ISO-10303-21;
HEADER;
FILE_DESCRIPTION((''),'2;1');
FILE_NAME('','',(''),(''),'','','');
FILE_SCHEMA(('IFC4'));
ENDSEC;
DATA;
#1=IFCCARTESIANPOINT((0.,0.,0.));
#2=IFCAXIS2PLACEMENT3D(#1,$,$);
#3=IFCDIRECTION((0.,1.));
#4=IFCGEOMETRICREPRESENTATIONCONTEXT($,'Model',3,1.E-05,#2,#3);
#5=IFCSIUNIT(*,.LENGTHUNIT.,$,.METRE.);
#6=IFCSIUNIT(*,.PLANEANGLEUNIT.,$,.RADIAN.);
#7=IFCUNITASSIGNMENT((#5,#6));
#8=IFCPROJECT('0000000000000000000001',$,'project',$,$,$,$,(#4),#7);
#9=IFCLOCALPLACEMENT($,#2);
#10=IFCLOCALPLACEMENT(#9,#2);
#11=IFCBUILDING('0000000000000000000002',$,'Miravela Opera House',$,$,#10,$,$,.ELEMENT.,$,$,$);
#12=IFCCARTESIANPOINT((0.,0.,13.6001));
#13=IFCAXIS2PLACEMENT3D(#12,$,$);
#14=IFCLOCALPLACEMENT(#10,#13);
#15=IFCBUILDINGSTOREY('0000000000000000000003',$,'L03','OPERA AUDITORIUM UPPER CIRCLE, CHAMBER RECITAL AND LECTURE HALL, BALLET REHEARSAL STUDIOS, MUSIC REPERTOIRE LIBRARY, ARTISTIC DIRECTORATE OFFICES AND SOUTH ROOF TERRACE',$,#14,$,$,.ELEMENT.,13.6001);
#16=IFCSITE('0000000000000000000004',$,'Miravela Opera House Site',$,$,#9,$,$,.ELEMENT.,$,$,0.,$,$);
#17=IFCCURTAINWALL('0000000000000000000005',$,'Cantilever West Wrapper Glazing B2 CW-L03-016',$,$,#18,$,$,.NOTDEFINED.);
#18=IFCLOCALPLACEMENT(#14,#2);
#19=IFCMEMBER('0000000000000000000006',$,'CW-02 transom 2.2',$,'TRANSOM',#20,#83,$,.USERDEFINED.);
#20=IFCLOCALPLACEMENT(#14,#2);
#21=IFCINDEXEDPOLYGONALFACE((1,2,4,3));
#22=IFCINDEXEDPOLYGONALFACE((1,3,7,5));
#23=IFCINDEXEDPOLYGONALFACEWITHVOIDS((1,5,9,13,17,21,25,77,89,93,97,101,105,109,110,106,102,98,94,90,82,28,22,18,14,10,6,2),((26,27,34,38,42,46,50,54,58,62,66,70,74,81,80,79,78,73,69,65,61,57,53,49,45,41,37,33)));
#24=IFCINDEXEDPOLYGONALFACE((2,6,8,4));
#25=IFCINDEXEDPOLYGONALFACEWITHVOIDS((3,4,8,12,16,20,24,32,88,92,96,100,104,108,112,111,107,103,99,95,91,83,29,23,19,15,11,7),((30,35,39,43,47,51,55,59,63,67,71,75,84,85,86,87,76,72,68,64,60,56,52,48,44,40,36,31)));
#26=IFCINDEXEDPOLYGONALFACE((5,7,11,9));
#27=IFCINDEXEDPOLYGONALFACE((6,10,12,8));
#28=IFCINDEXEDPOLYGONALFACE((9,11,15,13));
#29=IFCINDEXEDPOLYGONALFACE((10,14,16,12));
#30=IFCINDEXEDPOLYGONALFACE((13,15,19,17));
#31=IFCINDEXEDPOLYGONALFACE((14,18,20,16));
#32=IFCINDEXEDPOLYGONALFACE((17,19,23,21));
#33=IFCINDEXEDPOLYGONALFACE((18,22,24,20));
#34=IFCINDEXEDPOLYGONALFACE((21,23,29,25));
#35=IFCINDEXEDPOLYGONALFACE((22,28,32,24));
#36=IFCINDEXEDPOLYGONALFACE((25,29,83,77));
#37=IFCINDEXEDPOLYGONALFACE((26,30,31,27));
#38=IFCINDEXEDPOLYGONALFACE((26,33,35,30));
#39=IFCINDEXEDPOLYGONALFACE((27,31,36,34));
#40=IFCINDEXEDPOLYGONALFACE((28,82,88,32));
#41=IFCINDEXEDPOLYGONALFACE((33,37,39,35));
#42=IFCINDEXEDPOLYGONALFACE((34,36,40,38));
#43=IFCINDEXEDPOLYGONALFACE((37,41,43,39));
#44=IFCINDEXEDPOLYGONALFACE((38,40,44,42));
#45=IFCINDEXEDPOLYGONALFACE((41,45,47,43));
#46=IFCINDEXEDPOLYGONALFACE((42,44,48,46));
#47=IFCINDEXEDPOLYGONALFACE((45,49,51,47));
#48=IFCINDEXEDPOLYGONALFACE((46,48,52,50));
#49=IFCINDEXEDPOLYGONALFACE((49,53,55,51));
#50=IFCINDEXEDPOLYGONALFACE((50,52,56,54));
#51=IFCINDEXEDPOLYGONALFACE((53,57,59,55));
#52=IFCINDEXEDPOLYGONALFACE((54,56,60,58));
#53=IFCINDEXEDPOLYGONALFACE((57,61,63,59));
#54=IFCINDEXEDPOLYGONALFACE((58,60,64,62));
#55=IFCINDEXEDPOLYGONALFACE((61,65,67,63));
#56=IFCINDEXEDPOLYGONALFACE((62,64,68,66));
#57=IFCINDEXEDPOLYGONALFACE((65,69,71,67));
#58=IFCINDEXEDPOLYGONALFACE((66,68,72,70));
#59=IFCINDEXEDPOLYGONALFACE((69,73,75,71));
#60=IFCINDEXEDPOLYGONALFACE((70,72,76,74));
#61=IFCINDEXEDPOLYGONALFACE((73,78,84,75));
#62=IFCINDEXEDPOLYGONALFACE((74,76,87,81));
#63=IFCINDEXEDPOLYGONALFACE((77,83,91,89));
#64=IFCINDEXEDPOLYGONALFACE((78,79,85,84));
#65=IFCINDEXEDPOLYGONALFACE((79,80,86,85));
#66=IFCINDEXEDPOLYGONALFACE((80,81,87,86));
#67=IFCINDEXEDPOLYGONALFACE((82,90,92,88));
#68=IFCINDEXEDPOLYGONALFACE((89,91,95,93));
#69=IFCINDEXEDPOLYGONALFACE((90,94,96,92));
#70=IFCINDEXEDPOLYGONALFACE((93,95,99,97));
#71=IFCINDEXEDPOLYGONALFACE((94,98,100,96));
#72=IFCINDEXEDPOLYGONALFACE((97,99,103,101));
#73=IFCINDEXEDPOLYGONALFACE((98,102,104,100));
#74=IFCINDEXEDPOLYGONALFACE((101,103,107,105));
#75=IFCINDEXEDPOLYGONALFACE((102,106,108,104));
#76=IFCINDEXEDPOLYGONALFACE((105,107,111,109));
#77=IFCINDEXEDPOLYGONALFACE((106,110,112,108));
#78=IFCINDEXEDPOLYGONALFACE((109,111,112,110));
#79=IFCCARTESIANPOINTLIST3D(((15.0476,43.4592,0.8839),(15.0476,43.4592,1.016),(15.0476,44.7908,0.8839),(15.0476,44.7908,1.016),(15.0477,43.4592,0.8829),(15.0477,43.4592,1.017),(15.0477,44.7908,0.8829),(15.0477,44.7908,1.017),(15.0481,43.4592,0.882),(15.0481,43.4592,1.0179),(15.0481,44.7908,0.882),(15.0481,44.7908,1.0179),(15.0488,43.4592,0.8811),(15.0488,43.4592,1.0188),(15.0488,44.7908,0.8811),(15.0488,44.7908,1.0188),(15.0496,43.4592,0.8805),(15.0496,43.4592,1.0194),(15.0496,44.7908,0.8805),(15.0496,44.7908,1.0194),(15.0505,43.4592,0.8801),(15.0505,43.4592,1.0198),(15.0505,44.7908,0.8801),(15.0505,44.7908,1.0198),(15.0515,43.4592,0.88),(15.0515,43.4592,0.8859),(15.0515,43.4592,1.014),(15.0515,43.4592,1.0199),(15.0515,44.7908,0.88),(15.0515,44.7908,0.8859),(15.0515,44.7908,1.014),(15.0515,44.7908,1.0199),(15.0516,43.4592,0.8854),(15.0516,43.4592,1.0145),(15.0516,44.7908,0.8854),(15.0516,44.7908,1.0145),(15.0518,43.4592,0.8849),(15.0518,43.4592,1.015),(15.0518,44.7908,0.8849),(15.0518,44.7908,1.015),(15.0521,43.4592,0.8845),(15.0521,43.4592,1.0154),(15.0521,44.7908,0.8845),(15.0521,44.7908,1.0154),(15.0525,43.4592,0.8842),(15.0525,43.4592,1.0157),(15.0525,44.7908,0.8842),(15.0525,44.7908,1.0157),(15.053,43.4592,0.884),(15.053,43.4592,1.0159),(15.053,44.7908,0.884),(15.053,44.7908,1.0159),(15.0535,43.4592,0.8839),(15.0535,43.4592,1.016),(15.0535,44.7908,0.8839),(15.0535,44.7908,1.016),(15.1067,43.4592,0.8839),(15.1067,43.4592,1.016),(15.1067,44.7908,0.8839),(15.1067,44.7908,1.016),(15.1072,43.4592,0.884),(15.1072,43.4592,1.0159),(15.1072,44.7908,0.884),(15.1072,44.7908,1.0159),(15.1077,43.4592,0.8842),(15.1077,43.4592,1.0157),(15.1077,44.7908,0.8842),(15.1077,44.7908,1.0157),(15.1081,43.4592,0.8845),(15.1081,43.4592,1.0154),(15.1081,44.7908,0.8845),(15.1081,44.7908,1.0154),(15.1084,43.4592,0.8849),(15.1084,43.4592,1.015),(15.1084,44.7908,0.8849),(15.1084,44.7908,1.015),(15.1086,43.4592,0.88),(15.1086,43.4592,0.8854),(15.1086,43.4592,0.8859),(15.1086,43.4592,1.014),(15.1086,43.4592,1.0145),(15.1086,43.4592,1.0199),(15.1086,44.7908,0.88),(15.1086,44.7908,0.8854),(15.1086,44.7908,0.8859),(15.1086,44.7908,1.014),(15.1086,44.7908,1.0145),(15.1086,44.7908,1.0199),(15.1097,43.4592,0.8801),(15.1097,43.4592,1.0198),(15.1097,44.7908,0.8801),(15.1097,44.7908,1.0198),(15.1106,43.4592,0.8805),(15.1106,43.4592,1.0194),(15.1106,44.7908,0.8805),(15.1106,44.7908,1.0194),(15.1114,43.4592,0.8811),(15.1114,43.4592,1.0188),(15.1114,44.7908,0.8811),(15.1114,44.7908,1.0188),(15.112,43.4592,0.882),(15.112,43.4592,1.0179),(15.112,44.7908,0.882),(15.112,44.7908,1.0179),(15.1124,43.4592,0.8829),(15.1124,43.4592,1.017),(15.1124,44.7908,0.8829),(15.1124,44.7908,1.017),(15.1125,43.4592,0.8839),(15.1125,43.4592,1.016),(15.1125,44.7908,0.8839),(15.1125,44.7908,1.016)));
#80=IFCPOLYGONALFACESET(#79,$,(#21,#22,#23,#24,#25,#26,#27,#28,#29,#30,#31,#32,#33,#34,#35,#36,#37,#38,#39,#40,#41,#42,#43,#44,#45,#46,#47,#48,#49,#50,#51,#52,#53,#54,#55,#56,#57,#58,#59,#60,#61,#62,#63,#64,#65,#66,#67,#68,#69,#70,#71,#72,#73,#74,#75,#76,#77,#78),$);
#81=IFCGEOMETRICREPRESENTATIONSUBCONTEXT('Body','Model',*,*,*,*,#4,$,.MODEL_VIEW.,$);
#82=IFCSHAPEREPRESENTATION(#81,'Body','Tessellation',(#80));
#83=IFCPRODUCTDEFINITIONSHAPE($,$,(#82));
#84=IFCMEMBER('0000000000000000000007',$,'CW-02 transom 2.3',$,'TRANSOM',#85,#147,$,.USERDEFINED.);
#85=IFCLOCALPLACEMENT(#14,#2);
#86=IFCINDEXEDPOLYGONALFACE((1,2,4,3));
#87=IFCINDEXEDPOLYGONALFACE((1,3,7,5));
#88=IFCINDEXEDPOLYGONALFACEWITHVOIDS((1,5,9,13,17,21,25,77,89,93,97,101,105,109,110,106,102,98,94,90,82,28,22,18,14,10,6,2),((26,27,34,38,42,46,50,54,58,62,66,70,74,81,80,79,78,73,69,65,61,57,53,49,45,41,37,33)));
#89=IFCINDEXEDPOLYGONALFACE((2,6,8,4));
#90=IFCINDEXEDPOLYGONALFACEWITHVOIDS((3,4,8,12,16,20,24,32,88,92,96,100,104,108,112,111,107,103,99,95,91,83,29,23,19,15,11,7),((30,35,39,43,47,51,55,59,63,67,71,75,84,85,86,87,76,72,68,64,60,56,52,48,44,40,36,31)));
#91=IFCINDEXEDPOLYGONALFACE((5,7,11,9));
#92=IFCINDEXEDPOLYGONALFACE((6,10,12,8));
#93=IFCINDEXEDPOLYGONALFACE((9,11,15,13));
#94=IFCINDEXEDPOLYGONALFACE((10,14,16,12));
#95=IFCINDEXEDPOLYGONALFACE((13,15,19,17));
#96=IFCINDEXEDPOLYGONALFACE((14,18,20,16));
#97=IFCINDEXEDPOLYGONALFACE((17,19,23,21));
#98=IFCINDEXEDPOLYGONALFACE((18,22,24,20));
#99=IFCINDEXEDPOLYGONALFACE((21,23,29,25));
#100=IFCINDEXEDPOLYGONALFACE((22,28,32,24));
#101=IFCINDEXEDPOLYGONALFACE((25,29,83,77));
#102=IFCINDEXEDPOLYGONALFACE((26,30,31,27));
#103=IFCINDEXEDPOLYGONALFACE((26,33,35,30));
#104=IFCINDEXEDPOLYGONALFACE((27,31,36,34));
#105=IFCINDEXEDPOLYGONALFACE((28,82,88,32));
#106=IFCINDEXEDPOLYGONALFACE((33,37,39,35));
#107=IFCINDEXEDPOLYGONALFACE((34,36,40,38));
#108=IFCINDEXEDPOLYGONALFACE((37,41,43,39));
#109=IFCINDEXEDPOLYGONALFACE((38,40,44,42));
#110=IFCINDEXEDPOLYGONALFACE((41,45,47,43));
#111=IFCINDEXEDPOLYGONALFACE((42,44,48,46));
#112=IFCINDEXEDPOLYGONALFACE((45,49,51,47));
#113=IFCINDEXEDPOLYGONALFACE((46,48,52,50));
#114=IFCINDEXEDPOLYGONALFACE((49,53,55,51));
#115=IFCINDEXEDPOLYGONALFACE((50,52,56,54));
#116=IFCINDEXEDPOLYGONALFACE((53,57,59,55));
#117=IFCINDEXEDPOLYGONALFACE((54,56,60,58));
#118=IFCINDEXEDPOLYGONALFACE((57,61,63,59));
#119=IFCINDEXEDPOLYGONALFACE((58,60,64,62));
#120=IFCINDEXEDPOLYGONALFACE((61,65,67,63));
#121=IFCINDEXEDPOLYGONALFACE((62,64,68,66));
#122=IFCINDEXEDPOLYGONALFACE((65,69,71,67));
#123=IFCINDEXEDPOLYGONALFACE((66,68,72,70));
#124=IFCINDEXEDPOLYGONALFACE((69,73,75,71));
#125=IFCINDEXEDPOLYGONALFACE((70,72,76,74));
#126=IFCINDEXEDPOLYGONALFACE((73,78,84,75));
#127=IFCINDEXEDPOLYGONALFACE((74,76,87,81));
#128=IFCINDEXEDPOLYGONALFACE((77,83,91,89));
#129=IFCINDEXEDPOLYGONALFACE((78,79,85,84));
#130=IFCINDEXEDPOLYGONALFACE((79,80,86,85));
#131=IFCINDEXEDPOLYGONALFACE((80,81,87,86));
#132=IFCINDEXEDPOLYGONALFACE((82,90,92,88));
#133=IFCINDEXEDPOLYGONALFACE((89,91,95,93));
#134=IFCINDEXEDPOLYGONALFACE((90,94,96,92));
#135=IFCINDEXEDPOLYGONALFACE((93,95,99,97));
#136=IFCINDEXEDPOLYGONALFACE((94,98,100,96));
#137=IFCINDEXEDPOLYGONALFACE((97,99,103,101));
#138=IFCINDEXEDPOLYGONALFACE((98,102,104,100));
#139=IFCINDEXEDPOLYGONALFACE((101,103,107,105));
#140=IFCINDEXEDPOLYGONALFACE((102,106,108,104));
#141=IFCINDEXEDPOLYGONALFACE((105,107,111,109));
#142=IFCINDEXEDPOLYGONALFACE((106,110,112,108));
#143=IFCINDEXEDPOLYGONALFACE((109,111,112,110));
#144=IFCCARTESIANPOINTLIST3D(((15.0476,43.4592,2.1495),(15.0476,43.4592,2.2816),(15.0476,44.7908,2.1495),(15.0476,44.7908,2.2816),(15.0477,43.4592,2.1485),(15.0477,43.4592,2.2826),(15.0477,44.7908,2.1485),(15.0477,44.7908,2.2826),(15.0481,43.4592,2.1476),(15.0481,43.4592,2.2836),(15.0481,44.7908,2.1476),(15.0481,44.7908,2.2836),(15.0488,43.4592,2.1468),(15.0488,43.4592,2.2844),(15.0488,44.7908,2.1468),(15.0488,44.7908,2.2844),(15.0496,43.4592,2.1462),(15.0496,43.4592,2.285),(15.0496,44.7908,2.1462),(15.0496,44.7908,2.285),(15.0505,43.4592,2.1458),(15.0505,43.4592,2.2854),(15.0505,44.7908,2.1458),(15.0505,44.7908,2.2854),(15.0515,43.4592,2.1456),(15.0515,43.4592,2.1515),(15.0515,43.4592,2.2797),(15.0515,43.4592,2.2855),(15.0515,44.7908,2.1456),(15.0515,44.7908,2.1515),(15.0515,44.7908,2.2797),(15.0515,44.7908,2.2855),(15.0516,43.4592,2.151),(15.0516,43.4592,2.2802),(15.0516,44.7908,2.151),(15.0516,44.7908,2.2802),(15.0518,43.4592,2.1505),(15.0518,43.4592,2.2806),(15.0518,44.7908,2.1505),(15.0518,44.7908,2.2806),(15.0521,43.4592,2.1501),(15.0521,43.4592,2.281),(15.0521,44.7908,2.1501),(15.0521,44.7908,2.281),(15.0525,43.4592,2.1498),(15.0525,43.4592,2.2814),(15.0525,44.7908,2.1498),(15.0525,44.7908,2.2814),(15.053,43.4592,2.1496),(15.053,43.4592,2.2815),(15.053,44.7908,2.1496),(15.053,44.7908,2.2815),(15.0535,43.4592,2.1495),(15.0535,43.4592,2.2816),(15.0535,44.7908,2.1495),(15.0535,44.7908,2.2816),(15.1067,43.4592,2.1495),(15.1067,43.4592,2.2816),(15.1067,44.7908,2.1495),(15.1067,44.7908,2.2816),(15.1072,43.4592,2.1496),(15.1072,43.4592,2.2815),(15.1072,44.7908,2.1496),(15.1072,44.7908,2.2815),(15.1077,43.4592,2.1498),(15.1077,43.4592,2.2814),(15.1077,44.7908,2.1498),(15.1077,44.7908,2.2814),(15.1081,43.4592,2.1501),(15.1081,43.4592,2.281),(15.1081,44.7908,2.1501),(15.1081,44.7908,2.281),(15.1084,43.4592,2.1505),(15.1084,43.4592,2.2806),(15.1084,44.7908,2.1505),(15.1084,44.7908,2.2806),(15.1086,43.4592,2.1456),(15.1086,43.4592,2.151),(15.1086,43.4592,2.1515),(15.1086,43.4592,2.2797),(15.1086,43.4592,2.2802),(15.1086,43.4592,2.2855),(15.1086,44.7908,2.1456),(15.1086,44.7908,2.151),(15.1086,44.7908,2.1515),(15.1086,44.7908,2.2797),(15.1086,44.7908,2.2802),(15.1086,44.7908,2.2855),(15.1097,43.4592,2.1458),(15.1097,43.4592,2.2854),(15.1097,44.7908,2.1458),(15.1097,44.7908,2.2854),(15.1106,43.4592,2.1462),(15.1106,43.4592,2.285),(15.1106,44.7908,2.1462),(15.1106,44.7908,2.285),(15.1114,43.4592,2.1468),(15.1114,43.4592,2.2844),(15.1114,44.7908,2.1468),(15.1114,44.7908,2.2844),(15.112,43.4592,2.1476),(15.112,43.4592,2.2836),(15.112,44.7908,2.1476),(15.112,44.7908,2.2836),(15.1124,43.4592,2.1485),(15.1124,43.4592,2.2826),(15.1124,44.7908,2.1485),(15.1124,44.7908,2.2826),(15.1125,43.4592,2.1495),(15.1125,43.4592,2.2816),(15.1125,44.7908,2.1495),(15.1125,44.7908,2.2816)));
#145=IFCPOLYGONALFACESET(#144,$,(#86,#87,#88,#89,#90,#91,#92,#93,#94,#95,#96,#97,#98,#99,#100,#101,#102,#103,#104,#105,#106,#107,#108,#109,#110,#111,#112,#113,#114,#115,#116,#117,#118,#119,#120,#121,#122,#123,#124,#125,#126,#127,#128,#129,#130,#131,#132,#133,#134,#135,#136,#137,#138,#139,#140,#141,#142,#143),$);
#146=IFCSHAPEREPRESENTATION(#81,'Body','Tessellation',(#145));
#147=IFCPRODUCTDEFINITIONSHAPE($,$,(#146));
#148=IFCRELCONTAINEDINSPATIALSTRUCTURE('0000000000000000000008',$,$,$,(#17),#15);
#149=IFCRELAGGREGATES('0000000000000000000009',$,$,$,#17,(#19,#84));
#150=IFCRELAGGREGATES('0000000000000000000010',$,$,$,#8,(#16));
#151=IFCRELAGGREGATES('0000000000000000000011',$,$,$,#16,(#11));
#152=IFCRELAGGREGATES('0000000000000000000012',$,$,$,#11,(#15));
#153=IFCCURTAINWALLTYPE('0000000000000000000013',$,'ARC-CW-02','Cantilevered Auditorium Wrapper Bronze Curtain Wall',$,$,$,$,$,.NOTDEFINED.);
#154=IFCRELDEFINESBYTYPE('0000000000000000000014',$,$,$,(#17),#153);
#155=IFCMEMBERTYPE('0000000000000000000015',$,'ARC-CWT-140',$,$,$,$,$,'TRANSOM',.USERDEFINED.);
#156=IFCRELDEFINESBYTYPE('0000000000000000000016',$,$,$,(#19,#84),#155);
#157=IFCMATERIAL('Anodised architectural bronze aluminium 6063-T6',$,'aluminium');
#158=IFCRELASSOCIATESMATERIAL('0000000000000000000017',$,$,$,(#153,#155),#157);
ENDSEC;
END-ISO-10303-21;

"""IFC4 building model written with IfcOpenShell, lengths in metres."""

from ifc_helpers import new_model, si_unit, direction, frame, origin, origin_2d, place, context, subcontext, project, spatial, hollow_rectangle, extrude, material, material_profile, profile_set, type_object, element, aggregate, save


model = new_model("IFC4")

# Units and contexts
model_context = context("Model", 3, precision=1e-05, world=origin(), true_north=direction((0.0, 1.0)))
body_context = subcontext(model_context, "Body", "Model", "MODEL_VIEW")
ifc_project = project(units=[si_unit("LENGTHUNIT", "METRE"), si_unit("PLANEANGLEUNIT", "RADIAN")], contexts=[model_context])

# Site, building, storey
site_placement = place(None, origin())
site = spatial("IfcSite", under=ifc_project, at=site_placement, Name="Miravela Opera House Site", CompositionType="ELEMENT", RefElevation=0.0)
building_placement = place(site_placement, origin())
building = spatial("IfcBuilding", under=site, at=building_placement, Name="Miravela Opera House", CompositionType="ELEMENT")
storey_placement = place(building_placement, frame((0.0, 0.0, 13.6001)))
storey = spatial("IfcBuildingStorey", under=building, at=storey_placement, Name="L03", Description="OPERA AUDITORIUM UPPER CIRCLE, CHAMBER RECITAL AND LECTURE HALL, BALLET REHEARSAL STUDIOS, MUSIC REPERTOIRE LIBRARY, ARTISTIC DIRECTORATE OFFICES AND SOUTH ROOF TERRACE", CompositionType="ELEMENT", Elevation=13.6001)

# Curtain wall
ifc_material_1 = material(Name="Anodised architectural bronze aluminium 6063-T6", Category="aluminium")
curtain_wall_type = type_object("IfcCurtainWallType", Name="ARC-CW-02", Description="Cantilevered Auditorium Wrapper Bronze Curtain Wall", PredefinedType="NOTDEFINED", material=ifc_material_1)
curtain_wall_1_placement = place(storey_placement, origin())
curtain_wall_1 = element("IfcCurtainWall", 1, at=curtain_wall_1_placement, inside=storey, type_object=curtain_wall_type, Name="Cantilever West Wrapper Glazing B2 CW-L03-016", PredefinedType="NOTDEFINED")

# Members
ifc_material_profile_1 = material_profile(ifc_material_1, hollow_rectangle(XDim=0.0649, YDim=0.1399, WallThickness=0.0039, InnerFilletRadius=0.002, OuterFilletRadius=0.0039, at=origin_2d()), Name="CWT-65X140")
ifc_profile_set_1 = profile_set([ifc_material_profile_1])
member_type_1 = type_object("IfcMemberType", Name="ARC-CWT-140", ElementType="TRANSOM", PredefinedType="USERDEFINED", material=ifc_profile_set_1)
member_1_placement = place(storey_placement, frame((15.0801, 43.4592, 0.95), z_axis=(0.0, 1.0, 0.0), x_axis=(-1.0, 0.0, 0.0)))
member_1 = element("IfcMember", 2, at=member_1_placement, type_object=member_type_1, Name="CW-02 transom 2.2", ObjectType="TRANSOM", PredefinedType="USERDEFINED", context=body_context, shape_type="SweptSolid", body=[
    extrude(hollow_rectangle(XDim=0.0649, YDim=0.1399, WallThickness=0.0039, InnerFilletRadius=0.002, OuterFilletRadius=0.0039, at=origin_2d()), origin(), (0.0, 0.0, 1.0), 1.3315),
])
member_2_placement = place(storey_placement, frame((15.0801, 43.4592, 2.2156), z_axis=(0.0, 1.0, 0.0), x_axis=(-1.0, 0.0, 0.0)))
member_2 = element("IfcMember", 3, at=member_2_placement, type_object=member_type_1, Name="CW-02 transom 2.3", ObjectType="TRANSOM", PredefinedType="USERDEFINED", context=body_context, shape_type="SweptSolid", body=[
    extrude(hollow_rectangle(XDim=0.0649, YDim=0.1399, WallThickness=0.0039, InnerFilletRadius=0.002, OuterFilletRadius=0.0039, at=origin_2d()), origin(), (0.0, 0.0, 1.0), 1.3315),
])

aggregate(curtain_wall_1, [member_1, member_2])

save(model, "model.ifc")
